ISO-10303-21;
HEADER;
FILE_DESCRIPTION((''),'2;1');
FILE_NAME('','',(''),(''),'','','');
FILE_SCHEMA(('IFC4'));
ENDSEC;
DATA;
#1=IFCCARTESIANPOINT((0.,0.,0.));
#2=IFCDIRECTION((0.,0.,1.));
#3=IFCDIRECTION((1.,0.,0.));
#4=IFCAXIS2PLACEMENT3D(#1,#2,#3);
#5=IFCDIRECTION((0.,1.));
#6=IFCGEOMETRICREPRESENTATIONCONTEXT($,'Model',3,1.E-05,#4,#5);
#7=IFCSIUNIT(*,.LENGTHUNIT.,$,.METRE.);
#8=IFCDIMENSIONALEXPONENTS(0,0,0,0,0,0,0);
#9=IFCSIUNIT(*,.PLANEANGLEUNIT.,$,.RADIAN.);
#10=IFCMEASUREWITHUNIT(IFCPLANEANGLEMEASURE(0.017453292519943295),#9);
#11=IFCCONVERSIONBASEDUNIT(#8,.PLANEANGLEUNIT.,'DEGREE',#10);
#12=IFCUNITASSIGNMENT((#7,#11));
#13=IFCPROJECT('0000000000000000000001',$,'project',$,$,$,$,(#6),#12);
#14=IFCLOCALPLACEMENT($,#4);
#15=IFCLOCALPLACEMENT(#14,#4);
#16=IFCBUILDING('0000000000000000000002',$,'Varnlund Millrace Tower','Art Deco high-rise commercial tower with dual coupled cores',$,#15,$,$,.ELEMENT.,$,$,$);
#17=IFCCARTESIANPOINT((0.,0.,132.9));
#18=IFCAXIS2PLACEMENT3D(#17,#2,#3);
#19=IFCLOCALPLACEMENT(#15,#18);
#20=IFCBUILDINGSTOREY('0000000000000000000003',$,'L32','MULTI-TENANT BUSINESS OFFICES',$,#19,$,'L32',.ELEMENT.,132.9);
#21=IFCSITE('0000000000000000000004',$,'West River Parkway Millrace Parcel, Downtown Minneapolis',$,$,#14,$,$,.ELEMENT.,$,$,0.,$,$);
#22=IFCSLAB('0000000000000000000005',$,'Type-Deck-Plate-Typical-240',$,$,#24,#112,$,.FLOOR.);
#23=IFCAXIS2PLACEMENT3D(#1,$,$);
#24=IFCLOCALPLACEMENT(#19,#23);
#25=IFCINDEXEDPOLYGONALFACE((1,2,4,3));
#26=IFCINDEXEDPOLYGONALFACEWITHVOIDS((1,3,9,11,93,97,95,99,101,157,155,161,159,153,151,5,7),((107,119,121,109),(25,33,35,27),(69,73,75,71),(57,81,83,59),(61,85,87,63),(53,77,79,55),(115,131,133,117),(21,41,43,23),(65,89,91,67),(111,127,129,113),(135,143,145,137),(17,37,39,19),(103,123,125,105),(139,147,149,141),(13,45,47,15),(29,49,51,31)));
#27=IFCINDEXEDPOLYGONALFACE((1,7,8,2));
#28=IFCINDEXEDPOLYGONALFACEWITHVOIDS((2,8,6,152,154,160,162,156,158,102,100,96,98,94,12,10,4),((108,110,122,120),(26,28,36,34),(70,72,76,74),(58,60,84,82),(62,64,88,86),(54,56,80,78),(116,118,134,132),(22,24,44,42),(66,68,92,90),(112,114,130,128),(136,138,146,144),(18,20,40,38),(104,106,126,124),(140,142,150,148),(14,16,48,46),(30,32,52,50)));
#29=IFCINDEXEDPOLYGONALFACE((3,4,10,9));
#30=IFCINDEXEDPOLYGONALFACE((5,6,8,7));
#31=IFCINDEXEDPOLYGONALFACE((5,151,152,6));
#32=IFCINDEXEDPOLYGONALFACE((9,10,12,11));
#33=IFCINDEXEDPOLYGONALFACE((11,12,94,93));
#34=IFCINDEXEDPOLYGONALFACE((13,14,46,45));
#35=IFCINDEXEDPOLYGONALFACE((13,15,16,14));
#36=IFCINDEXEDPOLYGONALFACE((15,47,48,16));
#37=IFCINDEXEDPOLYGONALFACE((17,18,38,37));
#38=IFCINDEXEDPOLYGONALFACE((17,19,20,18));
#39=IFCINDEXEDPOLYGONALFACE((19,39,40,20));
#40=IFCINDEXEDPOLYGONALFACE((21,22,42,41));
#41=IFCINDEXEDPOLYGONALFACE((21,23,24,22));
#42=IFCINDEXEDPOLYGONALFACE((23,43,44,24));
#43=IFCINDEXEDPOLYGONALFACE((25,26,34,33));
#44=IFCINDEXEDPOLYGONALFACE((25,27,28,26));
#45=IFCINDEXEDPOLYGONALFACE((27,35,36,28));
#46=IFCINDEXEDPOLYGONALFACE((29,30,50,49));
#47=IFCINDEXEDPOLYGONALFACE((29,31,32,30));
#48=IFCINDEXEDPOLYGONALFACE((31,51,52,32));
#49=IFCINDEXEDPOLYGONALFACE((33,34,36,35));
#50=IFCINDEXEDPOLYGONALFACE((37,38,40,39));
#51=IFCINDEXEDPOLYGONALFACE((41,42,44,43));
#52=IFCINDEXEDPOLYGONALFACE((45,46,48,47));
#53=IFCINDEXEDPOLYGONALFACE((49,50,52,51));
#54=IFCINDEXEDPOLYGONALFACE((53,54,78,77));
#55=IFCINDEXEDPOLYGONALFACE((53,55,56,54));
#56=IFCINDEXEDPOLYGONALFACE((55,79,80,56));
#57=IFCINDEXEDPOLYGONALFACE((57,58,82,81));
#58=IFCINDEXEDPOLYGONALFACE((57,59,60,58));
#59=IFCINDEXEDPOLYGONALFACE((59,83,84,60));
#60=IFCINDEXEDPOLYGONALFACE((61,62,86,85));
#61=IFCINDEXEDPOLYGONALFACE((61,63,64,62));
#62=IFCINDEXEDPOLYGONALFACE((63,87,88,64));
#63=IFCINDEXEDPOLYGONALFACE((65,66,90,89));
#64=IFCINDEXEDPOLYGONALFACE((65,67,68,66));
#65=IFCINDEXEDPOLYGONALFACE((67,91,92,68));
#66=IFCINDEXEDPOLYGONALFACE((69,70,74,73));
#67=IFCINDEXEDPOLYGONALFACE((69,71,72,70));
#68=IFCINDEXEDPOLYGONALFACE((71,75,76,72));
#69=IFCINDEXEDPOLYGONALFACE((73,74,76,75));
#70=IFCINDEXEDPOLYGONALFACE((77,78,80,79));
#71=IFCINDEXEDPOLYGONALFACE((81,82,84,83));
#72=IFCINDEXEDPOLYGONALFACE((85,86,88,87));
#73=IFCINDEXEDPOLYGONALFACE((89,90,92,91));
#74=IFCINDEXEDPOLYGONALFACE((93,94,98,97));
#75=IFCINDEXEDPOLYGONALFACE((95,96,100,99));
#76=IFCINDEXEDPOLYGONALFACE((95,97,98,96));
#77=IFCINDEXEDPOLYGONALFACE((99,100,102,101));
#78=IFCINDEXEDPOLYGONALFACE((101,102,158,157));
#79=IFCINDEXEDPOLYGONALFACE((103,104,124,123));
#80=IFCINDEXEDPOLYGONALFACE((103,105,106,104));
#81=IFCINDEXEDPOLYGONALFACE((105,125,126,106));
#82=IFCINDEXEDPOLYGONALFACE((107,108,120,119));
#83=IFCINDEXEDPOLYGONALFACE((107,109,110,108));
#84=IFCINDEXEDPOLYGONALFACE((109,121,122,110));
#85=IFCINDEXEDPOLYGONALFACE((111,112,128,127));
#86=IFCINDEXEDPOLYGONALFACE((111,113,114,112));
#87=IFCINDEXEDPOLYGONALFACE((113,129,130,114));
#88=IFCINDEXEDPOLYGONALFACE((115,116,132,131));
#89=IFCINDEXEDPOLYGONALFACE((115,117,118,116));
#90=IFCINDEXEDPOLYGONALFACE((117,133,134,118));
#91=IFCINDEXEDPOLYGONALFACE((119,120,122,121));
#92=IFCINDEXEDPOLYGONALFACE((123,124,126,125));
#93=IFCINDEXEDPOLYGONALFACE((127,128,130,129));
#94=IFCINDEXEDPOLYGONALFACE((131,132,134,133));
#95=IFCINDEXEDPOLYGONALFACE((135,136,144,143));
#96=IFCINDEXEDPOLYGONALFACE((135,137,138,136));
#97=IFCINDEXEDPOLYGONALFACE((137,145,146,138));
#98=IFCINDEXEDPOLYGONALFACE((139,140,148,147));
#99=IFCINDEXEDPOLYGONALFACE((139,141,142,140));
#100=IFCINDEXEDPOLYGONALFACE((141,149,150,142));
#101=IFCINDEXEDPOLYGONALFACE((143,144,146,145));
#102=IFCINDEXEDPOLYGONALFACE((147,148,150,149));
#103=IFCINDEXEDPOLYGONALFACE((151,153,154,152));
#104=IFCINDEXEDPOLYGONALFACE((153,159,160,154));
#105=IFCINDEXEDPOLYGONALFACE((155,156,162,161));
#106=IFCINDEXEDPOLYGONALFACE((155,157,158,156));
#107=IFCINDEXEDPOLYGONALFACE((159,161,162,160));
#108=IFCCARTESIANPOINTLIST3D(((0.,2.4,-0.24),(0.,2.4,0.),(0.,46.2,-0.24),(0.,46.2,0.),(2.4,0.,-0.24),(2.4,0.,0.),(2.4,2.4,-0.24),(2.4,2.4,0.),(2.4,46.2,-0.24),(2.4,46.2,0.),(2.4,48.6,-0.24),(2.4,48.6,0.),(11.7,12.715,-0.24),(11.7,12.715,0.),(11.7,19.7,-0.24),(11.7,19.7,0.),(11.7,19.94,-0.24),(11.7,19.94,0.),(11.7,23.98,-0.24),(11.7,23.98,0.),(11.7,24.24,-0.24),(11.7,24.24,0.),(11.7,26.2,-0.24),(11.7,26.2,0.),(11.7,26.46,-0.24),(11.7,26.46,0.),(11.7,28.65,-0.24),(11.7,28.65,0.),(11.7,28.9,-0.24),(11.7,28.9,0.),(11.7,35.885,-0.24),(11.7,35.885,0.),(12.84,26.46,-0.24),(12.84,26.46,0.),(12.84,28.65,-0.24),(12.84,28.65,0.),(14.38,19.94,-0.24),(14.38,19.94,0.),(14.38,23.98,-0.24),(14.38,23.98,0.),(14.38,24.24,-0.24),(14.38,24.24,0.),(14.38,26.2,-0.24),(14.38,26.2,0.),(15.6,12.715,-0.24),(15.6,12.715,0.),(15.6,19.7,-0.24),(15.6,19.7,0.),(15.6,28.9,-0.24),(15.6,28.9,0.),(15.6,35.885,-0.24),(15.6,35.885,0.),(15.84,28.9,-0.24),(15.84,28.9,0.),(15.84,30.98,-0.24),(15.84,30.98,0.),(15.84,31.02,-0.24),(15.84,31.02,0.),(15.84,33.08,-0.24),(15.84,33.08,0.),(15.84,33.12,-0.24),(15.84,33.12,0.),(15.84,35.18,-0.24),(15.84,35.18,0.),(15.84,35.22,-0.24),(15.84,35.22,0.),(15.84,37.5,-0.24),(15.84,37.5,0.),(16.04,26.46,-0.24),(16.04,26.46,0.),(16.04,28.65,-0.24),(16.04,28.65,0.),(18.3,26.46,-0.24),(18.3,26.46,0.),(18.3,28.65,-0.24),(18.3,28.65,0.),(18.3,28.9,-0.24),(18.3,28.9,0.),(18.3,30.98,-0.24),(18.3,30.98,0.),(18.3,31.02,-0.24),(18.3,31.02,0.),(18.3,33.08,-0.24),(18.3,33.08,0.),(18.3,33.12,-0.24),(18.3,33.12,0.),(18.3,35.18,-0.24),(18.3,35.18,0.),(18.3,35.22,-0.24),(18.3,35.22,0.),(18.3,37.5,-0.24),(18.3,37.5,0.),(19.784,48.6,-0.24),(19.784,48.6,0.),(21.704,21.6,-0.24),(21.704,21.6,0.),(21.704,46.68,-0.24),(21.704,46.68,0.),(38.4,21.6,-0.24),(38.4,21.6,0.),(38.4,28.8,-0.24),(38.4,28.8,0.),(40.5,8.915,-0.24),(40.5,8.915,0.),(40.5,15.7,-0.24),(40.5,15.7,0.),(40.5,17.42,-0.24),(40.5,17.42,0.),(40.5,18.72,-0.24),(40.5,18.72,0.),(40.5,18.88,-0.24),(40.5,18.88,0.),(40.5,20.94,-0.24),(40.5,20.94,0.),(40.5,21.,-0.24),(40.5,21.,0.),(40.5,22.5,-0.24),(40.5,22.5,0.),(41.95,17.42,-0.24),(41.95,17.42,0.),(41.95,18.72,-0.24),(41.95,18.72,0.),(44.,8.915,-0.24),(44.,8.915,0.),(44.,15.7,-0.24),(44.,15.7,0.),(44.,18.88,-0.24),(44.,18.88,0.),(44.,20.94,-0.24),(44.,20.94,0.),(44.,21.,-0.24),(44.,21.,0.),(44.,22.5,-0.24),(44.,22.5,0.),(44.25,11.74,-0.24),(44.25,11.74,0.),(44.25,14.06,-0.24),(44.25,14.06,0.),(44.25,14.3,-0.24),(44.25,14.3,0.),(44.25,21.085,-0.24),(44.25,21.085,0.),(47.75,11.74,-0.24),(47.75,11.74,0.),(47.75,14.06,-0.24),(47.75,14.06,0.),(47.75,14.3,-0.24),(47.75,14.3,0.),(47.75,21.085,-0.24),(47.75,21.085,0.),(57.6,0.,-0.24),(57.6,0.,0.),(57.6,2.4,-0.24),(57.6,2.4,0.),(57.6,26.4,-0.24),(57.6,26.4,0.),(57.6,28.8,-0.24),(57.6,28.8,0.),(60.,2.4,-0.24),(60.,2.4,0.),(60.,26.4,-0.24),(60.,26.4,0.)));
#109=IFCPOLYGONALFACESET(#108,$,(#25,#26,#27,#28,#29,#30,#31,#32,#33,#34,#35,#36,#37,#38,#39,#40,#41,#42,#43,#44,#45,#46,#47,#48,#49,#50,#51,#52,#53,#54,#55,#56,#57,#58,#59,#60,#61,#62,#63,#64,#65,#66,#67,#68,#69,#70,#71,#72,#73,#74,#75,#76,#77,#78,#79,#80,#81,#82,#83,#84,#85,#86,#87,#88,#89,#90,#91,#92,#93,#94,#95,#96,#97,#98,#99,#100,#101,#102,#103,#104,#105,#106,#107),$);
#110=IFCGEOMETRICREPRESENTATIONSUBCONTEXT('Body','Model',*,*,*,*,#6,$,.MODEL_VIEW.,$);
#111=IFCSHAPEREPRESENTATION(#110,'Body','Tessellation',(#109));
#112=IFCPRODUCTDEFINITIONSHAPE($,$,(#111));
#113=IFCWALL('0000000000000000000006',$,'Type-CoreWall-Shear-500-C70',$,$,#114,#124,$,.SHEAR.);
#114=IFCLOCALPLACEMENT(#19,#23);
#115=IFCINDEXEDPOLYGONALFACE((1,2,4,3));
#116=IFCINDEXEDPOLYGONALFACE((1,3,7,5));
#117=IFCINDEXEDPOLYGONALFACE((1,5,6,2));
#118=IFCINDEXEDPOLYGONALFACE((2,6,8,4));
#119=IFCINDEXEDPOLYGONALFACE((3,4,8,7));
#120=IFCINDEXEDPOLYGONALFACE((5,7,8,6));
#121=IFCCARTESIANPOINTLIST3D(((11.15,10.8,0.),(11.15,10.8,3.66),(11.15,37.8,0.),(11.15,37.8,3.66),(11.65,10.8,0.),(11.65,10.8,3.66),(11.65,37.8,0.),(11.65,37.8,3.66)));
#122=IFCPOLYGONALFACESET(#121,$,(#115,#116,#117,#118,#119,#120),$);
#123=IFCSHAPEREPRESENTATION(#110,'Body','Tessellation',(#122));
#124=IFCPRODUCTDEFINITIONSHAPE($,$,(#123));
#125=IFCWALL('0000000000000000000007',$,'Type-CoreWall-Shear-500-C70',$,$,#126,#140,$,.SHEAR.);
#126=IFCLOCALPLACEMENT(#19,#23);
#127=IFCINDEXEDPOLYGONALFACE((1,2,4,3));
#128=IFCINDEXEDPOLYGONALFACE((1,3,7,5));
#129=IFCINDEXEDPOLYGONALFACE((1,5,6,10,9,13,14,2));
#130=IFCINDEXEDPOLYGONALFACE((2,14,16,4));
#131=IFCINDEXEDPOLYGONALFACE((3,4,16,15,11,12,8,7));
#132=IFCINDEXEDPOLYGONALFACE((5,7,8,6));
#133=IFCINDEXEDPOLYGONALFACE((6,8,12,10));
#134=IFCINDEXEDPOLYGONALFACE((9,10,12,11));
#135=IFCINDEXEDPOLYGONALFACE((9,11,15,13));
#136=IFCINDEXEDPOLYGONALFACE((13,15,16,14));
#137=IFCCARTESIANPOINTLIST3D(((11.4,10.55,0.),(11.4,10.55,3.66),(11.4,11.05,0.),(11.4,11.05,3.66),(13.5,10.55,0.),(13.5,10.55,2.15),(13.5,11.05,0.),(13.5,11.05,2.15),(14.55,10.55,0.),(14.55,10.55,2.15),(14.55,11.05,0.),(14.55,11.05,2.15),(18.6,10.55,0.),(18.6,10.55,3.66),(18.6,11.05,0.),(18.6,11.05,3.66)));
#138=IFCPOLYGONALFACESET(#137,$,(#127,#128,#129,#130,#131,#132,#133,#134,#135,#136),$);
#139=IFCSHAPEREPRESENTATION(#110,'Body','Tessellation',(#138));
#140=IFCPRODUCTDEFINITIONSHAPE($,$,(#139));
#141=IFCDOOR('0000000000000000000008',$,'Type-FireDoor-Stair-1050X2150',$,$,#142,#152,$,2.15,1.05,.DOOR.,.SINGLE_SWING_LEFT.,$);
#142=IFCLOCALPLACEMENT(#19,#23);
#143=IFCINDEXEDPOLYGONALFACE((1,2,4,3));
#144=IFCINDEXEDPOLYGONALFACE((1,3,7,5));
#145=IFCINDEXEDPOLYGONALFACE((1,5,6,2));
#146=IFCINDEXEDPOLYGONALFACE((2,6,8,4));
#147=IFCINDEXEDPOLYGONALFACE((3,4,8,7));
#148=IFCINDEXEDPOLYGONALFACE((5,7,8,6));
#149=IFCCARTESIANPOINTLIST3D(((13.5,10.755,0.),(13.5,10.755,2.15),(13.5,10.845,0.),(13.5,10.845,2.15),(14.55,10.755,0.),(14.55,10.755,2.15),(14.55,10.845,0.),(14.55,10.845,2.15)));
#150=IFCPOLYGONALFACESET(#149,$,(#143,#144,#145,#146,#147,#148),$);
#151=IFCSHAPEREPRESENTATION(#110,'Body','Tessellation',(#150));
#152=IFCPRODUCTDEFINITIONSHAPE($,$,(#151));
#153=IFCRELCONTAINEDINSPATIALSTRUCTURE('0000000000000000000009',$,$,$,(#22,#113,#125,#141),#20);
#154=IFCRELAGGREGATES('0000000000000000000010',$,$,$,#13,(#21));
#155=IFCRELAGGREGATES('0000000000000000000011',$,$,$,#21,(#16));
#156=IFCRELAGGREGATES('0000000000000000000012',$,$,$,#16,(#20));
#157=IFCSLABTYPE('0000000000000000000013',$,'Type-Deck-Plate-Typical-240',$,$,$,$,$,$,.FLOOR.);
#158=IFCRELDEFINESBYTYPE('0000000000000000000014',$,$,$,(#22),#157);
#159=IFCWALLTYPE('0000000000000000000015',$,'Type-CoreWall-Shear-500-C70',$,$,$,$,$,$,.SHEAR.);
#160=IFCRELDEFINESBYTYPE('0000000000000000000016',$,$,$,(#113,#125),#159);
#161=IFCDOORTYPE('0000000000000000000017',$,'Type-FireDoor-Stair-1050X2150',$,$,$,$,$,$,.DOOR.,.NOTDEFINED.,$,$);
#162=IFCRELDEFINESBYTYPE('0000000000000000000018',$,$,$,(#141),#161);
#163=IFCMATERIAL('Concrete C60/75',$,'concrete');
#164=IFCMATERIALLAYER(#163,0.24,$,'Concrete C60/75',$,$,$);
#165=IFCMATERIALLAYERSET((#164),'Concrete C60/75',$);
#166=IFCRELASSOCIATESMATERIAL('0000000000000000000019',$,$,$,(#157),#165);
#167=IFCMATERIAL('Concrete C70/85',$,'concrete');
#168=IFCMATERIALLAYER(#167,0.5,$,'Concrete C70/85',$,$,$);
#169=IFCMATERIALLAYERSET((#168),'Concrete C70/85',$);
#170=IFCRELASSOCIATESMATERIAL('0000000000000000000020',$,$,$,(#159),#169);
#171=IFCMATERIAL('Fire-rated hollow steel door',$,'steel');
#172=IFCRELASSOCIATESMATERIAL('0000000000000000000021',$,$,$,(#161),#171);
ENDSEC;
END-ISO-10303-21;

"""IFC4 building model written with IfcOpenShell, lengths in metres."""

from ifc_helpers import new_model, entity, si_unit, converted_unit, direction, frame, origin_with_axes, origin_2d_with_axis, place, context, subcontext, project, spatial, polyline, rectangle, outline, extrude, material, layer, layer_set, type_object, element, fill, save


model = new_model("IFC4")

# Units and contexts
model_context = context("Model", 3, precision=1e-05, world=origin_with_axes(), true_north=direction((0.0, 1.0)))
body_context = subcontext(model_context, "Body", "Model", "MODEL_VIEW")
ifc_project = project(units=[si_unit("LENGTHUNIT", "METRE"), converted_unit("PLANEANGLEUNIT", "DEGREE", entity("IfcPlaneAngleMeasure", 0.017453292519943295), si_unit("PLANEANGLEUNIT", "RADIAN"), dimensions=[0, 0, 0, 0, 0, 0, 0])], contexts=[model_context])

# Site, building, storey
site_placement = place(None, origin_with_axes())
site = spatial("IfcSite", under=ifc_project, at=site_placement, Name="West River Parkway Millrace Parcel, Downtown Minneapolis", CompositionType="ELEMENT", RefElevation=0.0)
building_placement = place(site_placement, origin_with_axes())
building = spatial("IfcBuilding", under=site, at=building_placement, Name="Varnlund Millrace Tower", Description="Art Deco high-rise commercial tower with dual coupled cores", CompositionType="ELEMENT")
storey_placement = place(building_placement, frame((0.0, 0.0, 132.9), z_axis=(0.0, 0.0, 1.0), x_axis=(1.0, 0.0, 0.0)))
storey = spatial("IfcBuildingStorey", under=building, at=storey_placement, Name="L32", Description="MULTI-TENANT BUSINESS OFFICES", LongName="L32", CompositionType="ELEMENT", Elevation=132.9)

# Slab
ifc_material_1 = material(Name="Concrete C60/75", Category="concrete")
ifc_layer_1 = layer(ifc_material_1, 0.24, Name="Concrete C60/75")
ifc_layer_set_1 = layer_set([ifc_layer_1], Name="Concrete C60/75")
slab_type = type_object("IfcSlabType", Name="Type-Deck-Plate-Typical-240", PredefinedType="FLOOR", material=ifc_layer_set_1)
slab_placement = place(storey_placement, frame((0.0, 0.0, -0.24), z_axis=(0.0, 0.0, 1.0), x_axis=(1.0, 0.0, 0.0)))
element("IfcSlab", 1, at=slab_placement, inside=storey, type_object=slab_type, Name="Type-Deck-Plate-Typical-240", PredefinedType="FLOOR", context=body_context, shape_type="SweptSolid", body=[
    extrude(outline(polyline([(21.704, 21.6), (21.704, 46.68), (19.784, 48.6), (2.4, 48.6), (2.4, 46.2), (0.0, 46.2), (0.0, 2.4), (2.4, 2.4), (2.4, 0.0), (57.6, 0.0), (57.6, 2.4), (60.0, 2.4), (60.0, 26.4), (57.6, 26.4), (57.6, 28.8), (38.4, 28.8), (38.4, 21.6), (21.704, 21.6)]), holes=[polyline([(15.6, 12.715), (11.7, 12.715), (11.7, 19.7), (15.6, 19.7), (15.6, 12.715)]), polyline([(14.38, 23.98), (14.38, 19.94), (11.7, 19.94), (11.7, 23.98), (14.38, 23.98)]), polyline([(14.38, 24.24), (11.7, 24.24), (11.7, 26.2), (14.38, 26.2), (14.38, 24.24)]), polyline([(12.84, 26.46), (11.7, 26.46), (11.7, 28.65), (12.84, 28.65), (12.84, 26.46)]), polyline([(18.3, 28.9), (15.84, 28.9), (15.84, 30.98), (18.3, 30.98), (18.3, 28.9)]), polyline([(18.3, 31.02), (15.84, 31.02), (15.84, 33.08), (18.3, 33.08), (18.3, 31.02)]), polyline([(15.6, 28.9), (11.7, 28.9), (11.7, 35.885), (15.6, 35.885), (15.6, 28.9)]), polyline([(18.3, 33.12), (15.84, 33.12), (15.84, 35.18), (18.3, 35.18), (18.3, 33.12)]), polyline([(44.0, 8.915), (40.5, 8.915), (40.5, 15.7), (44.0, 15.7), (44.0, 8.915)]), polyline([(47.75, 11.74), (44.25, 11.74), (44.25, 14.06), (47.75, 14.06), (47.75, 11.74)]), polyline([(47.75, 14.3), (44.25, 14.3), (44.25, 21.085), (47.75, 21.085), (47.75, 14.3)]), polyline([(41.95, 17.42), (40.5, 17.42), (40.5, 18.72), (41.95, 18.72), (41.95, 17.42)]), polyline([(44.0, 18.88), (40.5, 18.88), (40.5, 20.94), (44.0, 20.94), (44.0, 18.88)]), polyline([(44.0, 21.0), (40.5, 21.0), (40.5, 22.5), (44.0, 22.5), (44.0, 21.0)]), polyline([(16.04, 26.46), (16.04, 28.65), (18.3, 28.65), (18.3, 26.46), (16.04, 26.46)]), polyline([(15.84, 35.22), (15.84, 37.5), (18.3, 37.5), (18.3, 35.22), (15.84, 35.22)])]), origin_with_axes(), (0.0, 0.0, 1.0), 0.24),
])

# Wall
ifc_material_2 = material(Name="Concrete C70/85", Category="concrete")
ifc_layer_2 = layer(ifc_material_2, 0.5, Name="Concrete C70/85")
ifc_layer_set_2 = layer_set([ifc_layer_2], Name="Concrete C70/85")
wall_type_1 = type_object("IfcWallType", Name="Type-CoreWall-Shear-500-C70", PredefinedType="SHEAR", material=ifc_layer_set_2)
wall_1_placement = place(storey_placement, frame((11.4, 10.8, 0.0), z_axis=(0.0, 0.0, 1.0), x_axis=(0.0, 1.0, 0.0)))
element("IfcWall", 2, at=wall_1_placement, inside=storey, type_object=wall_type_1, Name="Type-CoreWall-Shear-500-C70", PredefinedType="SHEAR", context=body_context, shape_type="SweptSolid", body=[
    extrude(outline(polyline([(0.0, -0.25), (27.0, -0.25), (27.0, 0.25), (0.0, 0.25), (0.0, -0.25)])), origin_with_axes(), (0.0, 0.0, 1.0), 3.66),
])

# Wall, opening, door
wall_2_placement = place(storey_placement, frame((11.4, 10.8, 0.0), z_axis=(0.0, 0.0, 1.0), x_axis=(1.0, 0.0, 0.0)))
wall_2 = element("IfcWall", 3, at=wall_2_placement, inside=storey, type_object=wall_type_1, Name="Type-CoreWall-Shear-500-C70", PredefinedType="SHEAR", context=body_context, shape_type="SweptSolid", body=[
    extrude(outline(polyline([(0.0, -0.25), (7.2, -0.25), (7.2, 0.25), (0.0, 0.25), (0.0, -0.25)])), origin_with_axes(), (0.0, 0.0, 1.0), 3.66),
])
opening_1_placement = place(wall_2_placement, frame((2.625, 0.0, 0.0), z_axis=(0.0, 0.0, 1.0), x_axis=(1.0, 0.0, 0.0)))
opening_1 = element("IfcOpeningElement", 4, at=opening_1_placement, cuts=wall_2, PredefinedType="OPENING", context=body_context, shape_type="SweptSolid", body=[
    extrude(rectangle(XDim=1.05, YDim=0.52, at=origin_2d_with_axis()), origin_with_axes(), (0.0, 0.0, 1.0), 2.15),
])
ifc_material_3 = material(Name="Fire-rated hollow steel door", Category="steel")
door_type_1 = type_object("IfcDoorType", Name="Type-FireDoor-Stair-1050X2150", OperationType="NOTDEFINED", PredefinedType="DOOR", material=ifc_material_3)
door_1_placement = place(wall_2_placement, frame((2.625, 0.0, 0.0), z_axis=(0.0, 0.0, 1.0), x_axis=(1.0, 0.0, 0.0)))
door_1 = element("IfcDoor", 5, at=door_1_placement, inside=storey, type_object=door_type_1, Name="Type-FireDoor-Stair-1050X2150", OperationType="SINGLE_SWING_LEFT", OverallHeight=2.15, OverallWidth=1.05, PredefinedType="DOOR", context=body_context, shape_type="SweptSolid", body=[
    extrude(rectangle(XDim=1.05, YDim=0.09, at=origin_2d_with_axis()), origin_with_axes(), (0.0, 0.0, 1.0), 2.15),
])
fill(opening_1, door_1)

save(model, "model.ifc")
